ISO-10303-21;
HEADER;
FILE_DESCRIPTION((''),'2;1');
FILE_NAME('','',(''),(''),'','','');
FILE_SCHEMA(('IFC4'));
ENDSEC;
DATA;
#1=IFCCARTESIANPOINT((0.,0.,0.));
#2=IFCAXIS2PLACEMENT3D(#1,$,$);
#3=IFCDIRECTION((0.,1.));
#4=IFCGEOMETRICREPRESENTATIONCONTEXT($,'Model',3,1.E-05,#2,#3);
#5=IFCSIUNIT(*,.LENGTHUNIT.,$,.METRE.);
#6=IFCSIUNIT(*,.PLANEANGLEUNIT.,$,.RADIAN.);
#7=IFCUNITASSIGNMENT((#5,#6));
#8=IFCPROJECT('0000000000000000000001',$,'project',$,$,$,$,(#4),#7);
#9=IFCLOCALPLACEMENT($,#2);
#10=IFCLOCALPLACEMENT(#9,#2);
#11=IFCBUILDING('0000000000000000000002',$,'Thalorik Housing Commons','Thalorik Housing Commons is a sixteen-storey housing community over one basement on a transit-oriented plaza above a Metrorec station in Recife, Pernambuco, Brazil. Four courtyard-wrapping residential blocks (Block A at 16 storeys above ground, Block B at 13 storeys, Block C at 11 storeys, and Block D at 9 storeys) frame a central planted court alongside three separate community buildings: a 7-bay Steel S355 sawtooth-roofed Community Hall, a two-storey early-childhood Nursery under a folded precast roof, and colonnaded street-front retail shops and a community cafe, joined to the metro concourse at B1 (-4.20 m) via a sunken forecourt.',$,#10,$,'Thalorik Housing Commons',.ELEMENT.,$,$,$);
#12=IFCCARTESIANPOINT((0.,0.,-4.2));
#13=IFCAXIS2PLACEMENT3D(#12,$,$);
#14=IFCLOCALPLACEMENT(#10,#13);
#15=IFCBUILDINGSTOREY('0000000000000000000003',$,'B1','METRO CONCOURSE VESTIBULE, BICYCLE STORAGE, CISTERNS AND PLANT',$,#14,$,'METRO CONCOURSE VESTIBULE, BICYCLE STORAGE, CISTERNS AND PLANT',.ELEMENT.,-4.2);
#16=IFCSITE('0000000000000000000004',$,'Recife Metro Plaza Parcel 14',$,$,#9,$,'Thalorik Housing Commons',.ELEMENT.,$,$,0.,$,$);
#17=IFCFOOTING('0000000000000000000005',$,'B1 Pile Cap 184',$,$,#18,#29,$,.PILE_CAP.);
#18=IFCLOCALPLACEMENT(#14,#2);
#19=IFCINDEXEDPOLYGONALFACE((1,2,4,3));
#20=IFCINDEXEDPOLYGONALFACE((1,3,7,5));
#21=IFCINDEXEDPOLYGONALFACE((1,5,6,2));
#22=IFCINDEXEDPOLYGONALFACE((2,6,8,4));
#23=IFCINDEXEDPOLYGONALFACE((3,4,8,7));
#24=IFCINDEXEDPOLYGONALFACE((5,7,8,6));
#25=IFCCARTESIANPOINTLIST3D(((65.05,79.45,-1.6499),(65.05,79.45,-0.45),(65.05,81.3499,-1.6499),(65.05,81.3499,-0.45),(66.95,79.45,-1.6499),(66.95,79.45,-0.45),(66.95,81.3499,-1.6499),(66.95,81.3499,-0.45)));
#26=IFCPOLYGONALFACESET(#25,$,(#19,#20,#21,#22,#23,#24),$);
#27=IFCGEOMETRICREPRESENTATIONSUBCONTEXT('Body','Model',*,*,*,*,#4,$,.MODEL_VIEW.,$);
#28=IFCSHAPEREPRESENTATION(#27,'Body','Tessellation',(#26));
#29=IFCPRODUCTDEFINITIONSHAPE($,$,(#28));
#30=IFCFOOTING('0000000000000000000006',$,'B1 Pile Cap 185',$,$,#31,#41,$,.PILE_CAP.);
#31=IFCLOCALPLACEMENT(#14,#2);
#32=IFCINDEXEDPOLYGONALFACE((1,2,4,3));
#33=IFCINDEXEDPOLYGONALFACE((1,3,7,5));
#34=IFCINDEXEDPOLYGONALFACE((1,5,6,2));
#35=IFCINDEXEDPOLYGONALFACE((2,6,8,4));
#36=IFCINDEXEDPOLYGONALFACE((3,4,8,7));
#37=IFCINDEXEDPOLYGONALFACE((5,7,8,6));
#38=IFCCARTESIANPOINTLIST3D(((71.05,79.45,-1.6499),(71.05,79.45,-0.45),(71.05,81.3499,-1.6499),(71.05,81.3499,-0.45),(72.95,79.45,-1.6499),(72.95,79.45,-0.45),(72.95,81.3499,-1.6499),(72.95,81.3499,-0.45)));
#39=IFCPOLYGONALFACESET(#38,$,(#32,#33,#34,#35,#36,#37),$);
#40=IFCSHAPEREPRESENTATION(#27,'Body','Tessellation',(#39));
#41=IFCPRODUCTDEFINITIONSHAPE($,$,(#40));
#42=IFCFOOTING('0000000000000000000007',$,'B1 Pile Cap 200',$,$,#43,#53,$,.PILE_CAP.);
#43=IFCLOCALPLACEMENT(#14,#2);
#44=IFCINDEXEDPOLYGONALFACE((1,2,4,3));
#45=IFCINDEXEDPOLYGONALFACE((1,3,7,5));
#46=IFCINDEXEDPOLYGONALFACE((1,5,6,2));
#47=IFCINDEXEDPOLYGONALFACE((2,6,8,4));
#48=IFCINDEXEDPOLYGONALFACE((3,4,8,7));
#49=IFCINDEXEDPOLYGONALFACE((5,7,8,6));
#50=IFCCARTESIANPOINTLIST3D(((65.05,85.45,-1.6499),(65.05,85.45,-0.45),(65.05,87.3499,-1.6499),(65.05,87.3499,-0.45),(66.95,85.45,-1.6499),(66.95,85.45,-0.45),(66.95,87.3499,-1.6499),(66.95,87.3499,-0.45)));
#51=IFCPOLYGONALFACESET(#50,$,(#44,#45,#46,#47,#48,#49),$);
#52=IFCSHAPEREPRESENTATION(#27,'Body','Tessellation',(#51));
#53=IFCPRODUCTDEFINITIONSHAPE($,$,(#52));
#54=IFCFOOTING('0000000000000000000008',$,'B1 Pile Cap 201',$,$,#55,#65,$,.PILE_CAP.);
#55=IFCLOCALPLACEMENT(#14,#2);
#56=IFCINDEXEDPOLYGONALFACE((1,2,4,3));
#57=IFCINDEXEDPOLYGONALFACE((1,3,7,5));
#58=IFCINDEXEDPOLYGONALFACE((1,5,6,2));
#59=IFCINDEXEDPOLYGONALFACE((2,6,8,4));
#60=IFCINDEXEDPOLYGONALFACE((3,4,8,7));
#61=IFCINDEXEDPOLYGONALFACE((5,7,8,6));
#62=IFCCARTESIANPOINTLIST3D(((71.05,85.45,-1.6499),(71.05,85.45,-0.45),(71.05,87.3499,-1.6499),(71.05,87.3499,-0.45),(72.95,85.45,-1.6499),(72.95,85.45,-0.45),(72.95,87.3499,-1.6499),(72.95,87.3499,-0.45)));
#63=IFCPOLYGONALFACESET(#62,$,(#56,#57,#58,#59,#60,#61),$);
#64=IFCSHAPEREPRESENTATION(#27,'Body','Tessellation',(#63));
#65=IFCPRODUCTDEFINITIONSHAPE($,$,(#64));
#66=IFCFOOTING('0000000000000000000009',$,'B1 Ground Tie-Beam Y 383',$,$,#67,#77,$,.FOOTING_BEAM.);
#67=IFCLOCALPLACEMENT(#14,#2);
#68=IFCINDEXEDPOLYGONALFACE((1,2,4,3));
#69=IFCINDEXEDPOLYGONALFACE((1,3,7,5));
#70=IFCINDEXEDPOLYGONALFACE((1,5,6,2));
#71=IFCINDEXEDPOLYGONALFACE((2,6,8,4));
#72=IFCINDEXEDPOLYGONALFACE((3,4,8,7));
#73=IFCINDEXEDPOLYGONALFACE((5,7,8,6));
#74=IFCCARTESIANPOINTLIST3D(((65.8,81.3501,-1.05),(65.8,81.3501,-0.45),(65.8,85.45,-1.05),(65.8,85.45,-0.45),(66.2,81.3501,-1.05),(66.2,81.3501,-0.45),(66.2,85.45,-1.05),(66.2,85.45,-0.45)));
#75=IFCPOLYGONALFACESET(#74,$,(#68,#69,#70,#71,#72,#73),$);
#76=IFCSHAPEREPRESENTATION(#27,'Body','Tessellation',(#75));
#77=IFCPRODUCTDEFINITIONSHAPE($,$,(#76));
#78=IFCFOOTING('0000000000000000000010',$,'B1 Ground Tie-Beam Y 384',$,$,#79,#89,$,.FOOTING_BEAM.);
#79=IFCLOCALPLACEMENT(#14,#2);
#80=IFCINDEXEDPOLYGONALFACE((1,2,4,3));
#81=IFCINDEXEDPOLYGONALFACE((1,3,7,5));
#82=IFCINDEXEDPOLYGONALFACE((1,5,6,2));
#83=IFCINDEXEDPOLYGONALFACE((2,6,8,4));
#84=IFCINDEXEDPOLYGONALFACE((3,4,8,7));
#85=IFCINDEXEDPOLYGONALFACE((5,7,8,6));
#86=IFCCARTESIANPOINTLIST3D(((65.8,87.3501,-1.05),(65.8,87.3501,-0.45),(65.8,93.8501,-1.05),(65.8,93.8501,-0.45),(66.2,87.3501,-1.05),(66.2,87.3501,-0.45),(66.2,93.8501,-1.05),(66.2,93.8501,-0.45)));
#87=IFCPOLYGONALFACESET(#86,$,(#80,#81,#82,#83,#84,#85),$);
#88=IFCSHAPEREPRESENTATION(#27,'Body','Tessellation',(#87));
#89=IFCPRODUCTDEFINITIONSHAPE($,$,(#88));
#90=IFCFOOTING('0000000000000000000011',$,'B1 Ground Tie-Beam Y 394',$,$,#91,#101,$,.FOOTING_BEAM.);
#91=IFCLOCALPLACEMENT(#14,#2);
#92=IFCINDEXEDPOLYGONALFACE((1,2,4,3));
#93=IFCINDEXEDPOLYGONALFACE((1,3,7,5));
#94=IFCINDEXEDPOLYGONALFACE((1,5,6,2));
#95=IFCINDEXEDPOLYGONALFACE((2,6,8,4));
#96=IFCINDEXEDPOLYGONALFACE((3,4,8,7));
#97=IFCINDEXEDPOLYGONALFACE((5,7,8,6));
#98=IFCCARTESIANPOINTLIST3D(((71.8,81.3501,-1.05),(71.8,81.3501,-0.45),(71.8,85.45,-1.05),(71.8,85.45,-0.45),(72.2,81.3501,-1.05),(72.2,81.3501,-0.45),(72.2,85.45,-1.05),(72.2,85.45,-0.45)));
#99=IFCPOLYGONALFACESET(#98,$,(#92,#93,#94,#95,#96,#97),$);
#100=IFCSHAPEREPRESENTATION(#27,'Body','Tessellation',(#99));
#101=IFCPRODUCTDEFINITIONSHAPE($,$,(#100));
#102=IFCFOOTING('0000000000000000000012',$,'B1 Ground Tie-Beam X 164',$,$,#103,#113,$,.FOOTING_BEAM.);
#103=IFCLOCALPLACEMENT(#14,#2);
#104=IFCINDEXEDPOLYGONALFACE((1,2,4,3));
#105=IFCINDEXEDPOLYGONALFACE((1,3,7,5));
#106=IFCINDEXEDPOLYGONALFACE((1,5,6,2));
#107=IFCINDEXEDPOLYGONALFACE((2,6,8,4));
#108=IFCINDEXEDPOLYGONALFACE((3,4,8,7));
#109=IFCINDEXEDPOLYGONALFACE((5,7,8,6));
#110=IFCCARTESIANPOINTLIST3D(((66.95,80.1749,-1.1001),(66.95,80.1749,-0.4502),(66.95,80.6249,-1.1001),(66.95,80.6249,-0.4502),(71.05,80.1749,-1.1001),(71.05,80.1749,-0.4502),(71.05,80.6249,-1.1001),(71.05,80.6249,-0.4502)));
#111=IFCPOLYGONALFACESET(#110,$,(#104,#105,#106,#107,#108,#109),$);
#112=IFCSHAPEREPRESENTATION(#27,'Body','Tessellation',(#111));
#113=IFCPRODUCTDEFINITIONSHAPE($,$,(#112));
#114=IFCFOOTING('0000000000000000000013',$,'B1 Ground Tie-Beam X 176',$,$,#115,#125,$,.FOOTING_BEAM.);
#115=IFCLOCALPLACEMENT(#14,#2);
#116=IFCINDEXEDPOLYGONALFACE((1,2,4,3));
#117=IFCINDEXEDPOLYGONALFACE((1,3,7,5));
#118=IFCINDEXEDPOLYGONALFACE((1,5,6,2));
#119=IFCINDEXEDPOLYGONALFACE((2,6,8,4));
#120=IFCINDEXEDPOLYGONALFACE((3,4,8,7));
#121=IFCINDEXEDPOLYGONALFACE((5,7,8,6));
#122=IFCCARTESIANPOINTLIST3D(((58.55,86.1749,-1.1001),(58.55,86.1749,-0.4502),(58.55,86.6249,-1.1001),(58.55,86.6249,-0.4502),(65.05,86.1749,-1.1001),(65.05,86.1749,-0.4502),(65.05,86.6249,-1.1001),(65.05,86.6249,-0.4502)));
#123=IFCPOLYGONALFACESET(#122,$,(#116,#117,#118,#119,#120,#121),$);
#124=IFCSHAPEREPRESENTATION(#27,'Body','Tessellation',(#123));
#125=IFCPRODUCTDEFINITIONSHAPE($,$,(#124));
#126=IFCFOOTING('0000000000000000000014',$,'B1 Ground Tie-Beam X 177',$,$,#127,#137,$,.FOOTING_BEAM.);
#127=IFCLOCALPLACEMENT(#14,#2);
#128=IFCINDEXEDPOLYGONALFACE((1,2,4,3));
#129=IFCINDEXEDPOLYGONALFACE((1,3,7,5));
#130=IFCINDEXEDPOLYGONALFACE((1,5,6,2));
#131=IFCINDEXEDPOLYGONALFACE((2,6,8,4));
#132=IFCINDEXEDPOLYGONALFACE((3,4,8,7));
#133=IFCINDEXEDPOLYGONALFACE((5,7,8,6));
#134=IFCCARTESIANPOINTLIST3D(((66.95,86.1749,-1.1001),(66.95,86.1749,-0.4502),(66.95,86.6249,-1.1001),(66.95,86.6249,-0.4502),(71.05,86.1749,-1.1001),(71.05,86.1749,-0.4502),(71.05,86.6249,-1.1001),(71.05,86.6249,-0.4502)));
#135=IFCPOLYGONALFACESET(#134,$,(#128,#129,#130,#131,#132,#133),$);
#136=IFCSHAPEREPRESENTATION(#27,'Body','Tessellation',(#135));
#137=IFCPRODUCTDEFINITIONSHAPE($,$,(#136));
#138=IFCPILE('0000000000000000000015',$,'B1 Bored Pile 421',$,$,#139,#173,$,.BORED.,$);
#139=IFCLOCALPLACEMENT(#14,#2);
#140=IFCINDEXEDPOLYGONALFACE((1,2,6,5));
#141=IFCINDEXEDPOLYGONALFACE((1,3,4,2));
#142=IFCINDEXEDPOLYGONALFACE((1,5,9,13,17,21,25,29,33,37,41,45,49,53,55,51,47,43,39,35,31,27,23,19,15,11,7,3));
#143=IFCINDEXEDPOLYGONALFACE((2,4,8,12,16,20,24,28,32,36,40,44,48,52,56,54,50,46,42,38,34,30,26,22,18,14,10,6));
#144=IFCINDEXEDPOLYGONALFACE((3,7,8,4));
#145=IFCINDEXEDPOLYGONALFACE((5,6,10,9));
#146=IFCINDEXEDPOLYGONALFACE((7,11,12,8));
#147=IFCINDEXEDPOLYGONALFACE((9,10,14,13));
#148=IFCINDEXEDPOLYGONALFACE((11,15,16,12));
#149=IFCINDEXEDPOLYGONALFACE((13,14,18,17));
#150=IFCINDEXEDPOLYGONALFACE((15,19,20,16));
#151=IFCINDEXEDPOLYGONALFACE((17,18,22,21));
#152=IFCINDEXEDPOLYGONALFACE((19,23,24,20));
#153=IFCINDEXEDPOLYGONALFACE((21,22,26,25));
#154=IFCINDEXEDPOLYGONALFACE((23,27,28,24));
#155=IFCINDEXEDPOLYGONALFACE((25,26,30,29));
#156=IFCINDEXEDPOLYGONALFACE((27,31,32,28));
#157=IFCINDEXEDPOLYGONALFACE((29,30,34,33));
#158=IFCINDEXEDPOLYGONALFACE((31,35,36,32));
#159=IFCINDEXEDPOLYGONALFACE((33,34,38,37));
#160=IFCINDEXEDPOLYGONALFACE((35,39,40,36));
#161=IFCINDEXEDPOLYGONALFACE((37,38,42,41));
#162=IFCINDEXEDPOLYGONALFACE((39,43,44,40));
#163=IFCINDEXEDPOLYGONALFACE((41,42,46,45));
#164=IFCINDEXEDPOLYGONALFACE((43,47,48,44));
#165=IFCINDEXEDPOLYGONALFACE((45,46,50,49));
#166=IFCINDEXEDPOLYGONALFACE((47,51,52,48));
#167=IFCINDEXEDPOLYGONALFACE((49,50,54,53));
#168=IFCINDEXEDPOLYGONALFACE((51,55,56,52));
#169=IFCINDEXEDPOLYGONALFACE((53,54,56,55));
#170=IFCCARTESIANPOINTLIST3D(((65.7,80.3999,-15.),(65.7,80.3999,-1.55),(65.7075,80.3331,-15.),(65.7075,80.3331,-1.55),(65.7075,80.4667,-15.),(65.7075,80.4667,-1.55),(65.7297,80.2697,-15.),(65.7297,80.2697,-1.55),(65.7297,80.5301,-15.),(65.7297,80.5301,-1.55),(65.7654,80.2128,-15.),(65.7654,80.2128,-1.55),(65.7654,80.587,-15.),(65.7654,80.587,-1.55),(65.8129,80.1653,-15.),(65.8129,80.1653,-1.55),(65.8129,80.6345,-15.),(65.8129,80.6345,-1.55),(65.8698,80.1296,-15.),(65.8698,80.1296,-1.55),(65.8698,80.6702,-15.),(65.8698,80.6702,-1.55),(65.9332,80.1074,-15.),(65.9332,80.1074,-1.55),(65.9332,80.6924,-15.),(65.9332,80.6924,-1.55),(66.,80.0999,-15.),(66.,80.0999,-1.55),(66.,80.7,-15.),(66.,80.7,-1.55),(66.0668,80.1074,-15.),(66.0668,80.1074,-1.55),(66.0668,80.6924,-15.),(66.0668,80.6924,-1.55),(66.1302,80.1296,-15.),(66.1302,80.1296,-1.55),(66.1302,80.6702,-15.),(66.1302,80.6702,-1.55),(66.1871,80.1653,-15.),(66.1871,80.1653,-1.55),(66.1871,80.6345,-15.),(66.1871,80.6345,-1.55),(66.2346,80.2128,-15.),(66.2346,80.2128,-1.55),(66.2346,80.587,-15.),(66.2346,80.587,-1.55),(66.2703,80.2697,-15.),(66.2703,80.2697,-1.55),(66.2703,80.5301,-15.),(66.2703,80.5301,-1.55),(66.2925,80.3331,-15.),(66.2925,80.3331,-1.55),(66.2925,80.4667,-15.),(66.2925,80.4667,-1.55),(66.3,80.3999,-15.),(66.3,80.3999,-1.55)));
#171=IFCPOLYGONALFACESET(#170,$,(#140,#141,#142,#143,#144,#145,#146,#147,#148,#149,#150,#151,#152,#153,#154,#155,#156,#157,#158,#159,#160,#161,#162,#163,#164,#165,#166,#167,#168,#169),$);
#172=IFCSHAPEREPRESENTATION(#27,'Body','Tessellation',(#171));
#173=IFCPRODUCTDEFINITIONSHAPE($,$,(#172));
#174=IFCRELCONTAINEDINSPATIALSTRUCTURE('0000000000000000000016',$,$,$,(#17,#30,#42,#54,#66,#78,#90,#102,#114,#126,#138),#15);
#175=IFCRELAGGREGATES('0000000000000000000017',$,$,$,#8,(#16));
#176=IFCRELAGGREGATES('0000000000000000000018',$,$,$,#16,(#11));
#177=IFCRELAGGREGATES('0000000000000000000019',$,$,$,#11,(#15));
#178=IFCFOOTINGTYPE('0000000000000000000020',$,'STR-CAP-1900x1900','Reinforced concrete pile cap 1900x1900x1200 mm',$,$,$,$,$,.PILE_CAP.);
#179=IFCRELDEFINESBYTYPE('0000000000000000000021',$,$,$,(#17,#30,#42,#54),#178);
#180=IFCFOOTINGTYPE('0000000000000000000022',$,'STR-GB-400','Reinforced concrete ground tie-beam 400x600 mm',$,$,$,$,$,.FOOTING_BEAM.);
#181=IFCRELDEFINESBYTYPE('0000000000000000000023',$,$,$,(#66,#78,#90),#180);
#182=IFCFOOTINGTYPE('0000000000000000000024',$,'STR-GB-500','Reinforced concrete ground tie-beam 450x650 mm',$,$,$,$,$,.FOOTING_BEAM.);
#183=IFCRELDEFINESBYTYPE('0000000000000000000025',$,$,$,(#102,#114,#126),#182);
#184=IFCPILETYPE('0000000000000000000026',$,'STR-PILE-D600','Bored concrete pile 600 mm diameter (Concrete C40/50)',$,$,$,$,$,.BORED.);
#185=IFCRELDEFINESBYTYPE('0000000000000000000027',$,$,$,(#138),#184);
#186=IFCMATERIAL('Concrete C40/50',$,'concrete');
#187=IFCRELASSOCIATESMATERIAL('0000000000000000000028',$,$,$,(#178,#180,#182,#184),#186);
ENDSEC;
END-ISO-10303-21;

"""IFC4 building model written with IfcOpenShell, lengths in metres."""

from ifc_helpers import new_model, si_unit, direction, frame, origin, origin_2d, place, context, subcontext, project, spatial, rectangle, circle, extrude, material, material_profile, profile_set, type_object, element, save


model = new_model("IFC4")

# Units and contexts
model_context = context("Model", 3, precision=1e-05, world=origin(), true_north=direction((0.0, 1.0)))
body_context = subcontext(model_context, "Body", "Model", "MODEL_VIEW")
ifc_project = project(units=[si_unit("LENGTHUNIT", "METRE"), si_unit("PLANEANGLEUNIT", "RADIAN")], contexts=[model_context])

# Site, building, storey
site_placement = place(None, origin())
site = spatial("IfcSite", under=ifc_project, at=site_placement, Name="Recife Metro Plaza Parcel 14", LongName="Thalorik Housing Commons", CompositionType="ELEMENT", RefElevation=0.0)
building_placement = place(site_placement, origin())
building = spatial("IfcBuilding", under=site, at=building_placement, Name="Thalorik Housing Commons", Description="Thalorik Housing Commons is a sixteen-storey housing community over one basement on a transit-oriented plaza above a Metrorec station in Recife, Pernambuco, Brazil. Four courtyard-wrapping residential blocks (Block A at 16 storeys above ground, Block B at 13 storeys, Block C at 11 storeys, and Block D at 9 storeys) frame a central planted court alongside three separate community buildings: a 7-bay Steel S355 sawtooth-roofed Community Hall, a two-storey early-childhood Nursery under a folded precast roof, and colonnaded street-front retail shops and a community cafe, joined to the metro concourse at B1 (-4.20 m) via a sunken forecourt.", LongName="Thalorik Housing Commons", CompositionType="ELEMENT")
storey_placement = place(building_placement, frame((0.0, 0.0, -4.2)))
storey = spatial("IfcBuildingStorey", under=building, at=storey_placement, Name="B1", Description="METRO CONCOURSE VESTIBULE, BICYCLE STORAGE, CISTERNS AND PLANT", LongName="METRO CONCOURSE VESTIBULE, BICYCLE STORAGE, CISTERNS AND PLANT", CompositionType="ELEMENT", Elevation=-4.2)

# Footings
ifc_material_1 = material(Name="Concrete C40/50", Category="concrete")
footing_type_1 = type_object("IfcFootingType", Name="STR-CAP-1900x1900", Description="Reinforced concrete pile cap 1900x1900x1200 mm", PredefinedType="PILE_CAP", material=ifc_material_1)
for number, where, z_axis, x_axis, name in (
    (1, (66.0, 80.3999, -1.6499), (0.0, 0.0, 1.0), (1.0, 0.0, 0.0), "B1 Pile Cap 184"),
    (2, (72.0, 80.3999, -1.6499), (0.0, 0.0, 1.0), (1.0, 0.0, 0.0), "B1 Pile Cap 185"),
    (3, (66.0, 86.3999, -1.6499), (0.0, 0.0, 1.0), (1.0, 0.0, 0.0), "B1 Pile Cap 200"),
    (4, (72.0, 86.3999, -1.6499), (0.0, 0.0, 1.0), (1.0, 0.0, 0.0), "B1 Pile Cap 201"),
):
    element("IfcFooting", number, at=place(storey_placement, frame(where, z_axis=z_axis, x_axis=x_axis)), inside=storey, type_object=footing_type_1, Name=name, PredefinedType="PILE_CAP", context=body_context, shape_type="SweptSolid", body=[
        extrude(rectangle(XDim=1.8999, YDim=1.8999, at=origin_2d()), origin(), (0.0, 0.0, 1.0), 1.2),
    ])
ifc_material_profile_1 = material_profile(ifc_material_1, rectangle(XDim=0.3999, YDim=0.6001, at=origin_2d()), Name="RC 400x600", Category="concrete")
ifc_profile_set_1 = profile_set([ifc_material_profile_1], Name="Concrete C40/50")
footing_type_2 = type_object("IfcFootingType", Name="STR-GB-400", Description="Reinforced concrete ground tie-beam 400x600 mm", PredefinedType="FOOTING_BEAM", material=ifc_profile_set_1)
footing_1_placement = place(storey_placement, frame((66.0, 81.3501, -0.75), z_axis=(0.0, 1.0, 0.0), x_axis=(-1.0, 0.0, 0.0)))
element("IfcFooting", 5, at=footing_1_placement, inside=storey, type_object=footing_type_2, Name="B1 Ground Tie-Beam Y 383", PredefinedType="FOOTING_BEAM", context=body_context, shape_type="SweptSolid", body=[
    extrude(rectangle(XDim=0.3999, YDim=0.6001, at=origin_2d()), origin(), (0.0, 0.0, 1.0), 4.0999),
])
footing_2_placement = place(storey_placement, frame((66.0, 87.3501, -0.75), z_axis=(0.0, 1.0, 0.0), x_axis=(-1.0, 0.0, 0.0)))
element("IfcFooting", 6, at=footing_2_placement, inside=storey, type_object=footing_type_2, Name="B1 Ground Tie-Beam Y 384", PredefinedType="FOOTING_BEAM", context=body_context, shape_type="SweptSolid", body=[
    extrude(rectangle(XDim=0.3999, YDim=0.6001, at=origin_2d()), origin(), (0.0, 0.0, 1.0), 6.5),
])
footing_3_placement = place(storey_placement, frame((72.0, 81.3501, -0.75), z_axis=(0.0, 1.0, 0.0), x_axis=(-1.0, 0.0, 0.0)))
element("IfcFooting", 7, at=footing_3_placement, inside=storey, type_object=footing_type_2, Name="B1 Ground Tie-Beam Y 394", PredefinedType="FOOTING_BEAM", context=body_context, shape_type="SweptSolid", body=[
    extrude(rectangle(XDim=0.3999, YDim=0.6001, at=origin_2d()), origin(), (0.0, 0.0, 1.0), 4.0999),
])
ifc_material_profile_2 = material_profile(ifc_material_1, rectangle(XDim=0.45, YDim=0.6499, at=origin_2d()), Name="RC 450x650", Category="concrete")
ifc_profile_set_2 = profile_set([ifc_material_profile_2], Name="Concrete C40/50")
footing_type_3 = type_object("IfcFootingType", Name="STR-GB-500", Description="Reinforced concrete ground tie-beam 450x650 mm", PredefinedType="FOOTING_BEAM", material=ifc_profile_set_2)
footing_4_placement = place(storey_placement, frame((66.95, 80.3999, -0.7751), z_axis=(1.0, 0.0, 0.0), x_axis=(0.0, 1.0, 0.0)))
element("IfcFooting", 8, at=footing_4_placement, inside=storey, type_object=footing_type_3, Name="B1 Ground Tie-Beam X 164", PredefinedType="FOOTING_BEAM", context=body_context, shape_type="SweptSolid", body=[
    extrude(rectangle(XDim=0.45, YDim=0.6499, at=origin_2d()), origin(), (0.0, 0.0, 1.0), 4.1001),
])
footing_5_placement = place(storey_placement, frame((58.55, 86.3999, -0.7751), z_axis=(1.0, 0.0, 0.0), x_axis=(0.0, 1.0, 0.0)))
element("IfcFooting", 9, at=footing_5_placement, inside=storey, type_object=footing_type_3, Name="B1 Ground Tie-Beam X 176", PredefinedType="FOOTING_BEAM", context=body_context, shape_type="SweptSolid", body=[
    extrude(rectangle(XDim=0.45, YDim=0.6499, at=origin_2d()), origin(), (0.0, 0.0, 1.0), 6.5),
])
footing_6_placement = place(storey_placement, frame((66.95, 86.3999, -0.7751), z_axis=(1.0, 0.0, 0.0), x_axis=(0.0, 1.0, 0.0)))
element("IfcFooting", 10, at=footing_6_placement, inside=storey, type_object=footing_type_3, Name="B1 Ground Tie-Beam X 177", PredefinedType="FOOTING_BEAM", context=body_context, shape_type="SweptSolid", body=[
    extrude(rectangle(XDim=0.45, YDim=0.6499, at=origin_2d()), origin(), (0.0, 0.0, 1.0), 4.1001),
])

# Pile
ifc_material_profile_3 = material_profile(ifc_material_1, circle(Radius=0.3, at=origin_2d()), Name="BORED PILE D600", Category="concrete")
ifc_profile_set_3 = profile_set([ifc_material_profile_3], Name="Concrete C40/50")
pile_type = type_object("IfcPileType", Name="STR-PILE-D600", Description="Bored concrete pile 600 mm diameter (Concrete C40/50)", PredefinedType="BORED", material=ifc_profile_set_3)
for number, where, z_axis, x_axis, name in (
    (11, (66.0, 80.3999, -1.55), (0.0, 0.0, -1.0), (1.0, 0.0, 0.0), "B1 Bored Pile 421"),
):
    element("IfcPile", number, at=place(storey_placement, frame(where, z_axis=z_axis, x_axis=x_axis)), inside=storey, type_object=pile_type, Name=name, PredefinedType="BORED", context=body_context, shape_type="SweptSolid", body=[
        extrude(circle(Radius=0.3, at=origin_2d()), origin(), (0.0, 0.0, 1.0), 13.45),
    ])

save(model, "model.ifc")
